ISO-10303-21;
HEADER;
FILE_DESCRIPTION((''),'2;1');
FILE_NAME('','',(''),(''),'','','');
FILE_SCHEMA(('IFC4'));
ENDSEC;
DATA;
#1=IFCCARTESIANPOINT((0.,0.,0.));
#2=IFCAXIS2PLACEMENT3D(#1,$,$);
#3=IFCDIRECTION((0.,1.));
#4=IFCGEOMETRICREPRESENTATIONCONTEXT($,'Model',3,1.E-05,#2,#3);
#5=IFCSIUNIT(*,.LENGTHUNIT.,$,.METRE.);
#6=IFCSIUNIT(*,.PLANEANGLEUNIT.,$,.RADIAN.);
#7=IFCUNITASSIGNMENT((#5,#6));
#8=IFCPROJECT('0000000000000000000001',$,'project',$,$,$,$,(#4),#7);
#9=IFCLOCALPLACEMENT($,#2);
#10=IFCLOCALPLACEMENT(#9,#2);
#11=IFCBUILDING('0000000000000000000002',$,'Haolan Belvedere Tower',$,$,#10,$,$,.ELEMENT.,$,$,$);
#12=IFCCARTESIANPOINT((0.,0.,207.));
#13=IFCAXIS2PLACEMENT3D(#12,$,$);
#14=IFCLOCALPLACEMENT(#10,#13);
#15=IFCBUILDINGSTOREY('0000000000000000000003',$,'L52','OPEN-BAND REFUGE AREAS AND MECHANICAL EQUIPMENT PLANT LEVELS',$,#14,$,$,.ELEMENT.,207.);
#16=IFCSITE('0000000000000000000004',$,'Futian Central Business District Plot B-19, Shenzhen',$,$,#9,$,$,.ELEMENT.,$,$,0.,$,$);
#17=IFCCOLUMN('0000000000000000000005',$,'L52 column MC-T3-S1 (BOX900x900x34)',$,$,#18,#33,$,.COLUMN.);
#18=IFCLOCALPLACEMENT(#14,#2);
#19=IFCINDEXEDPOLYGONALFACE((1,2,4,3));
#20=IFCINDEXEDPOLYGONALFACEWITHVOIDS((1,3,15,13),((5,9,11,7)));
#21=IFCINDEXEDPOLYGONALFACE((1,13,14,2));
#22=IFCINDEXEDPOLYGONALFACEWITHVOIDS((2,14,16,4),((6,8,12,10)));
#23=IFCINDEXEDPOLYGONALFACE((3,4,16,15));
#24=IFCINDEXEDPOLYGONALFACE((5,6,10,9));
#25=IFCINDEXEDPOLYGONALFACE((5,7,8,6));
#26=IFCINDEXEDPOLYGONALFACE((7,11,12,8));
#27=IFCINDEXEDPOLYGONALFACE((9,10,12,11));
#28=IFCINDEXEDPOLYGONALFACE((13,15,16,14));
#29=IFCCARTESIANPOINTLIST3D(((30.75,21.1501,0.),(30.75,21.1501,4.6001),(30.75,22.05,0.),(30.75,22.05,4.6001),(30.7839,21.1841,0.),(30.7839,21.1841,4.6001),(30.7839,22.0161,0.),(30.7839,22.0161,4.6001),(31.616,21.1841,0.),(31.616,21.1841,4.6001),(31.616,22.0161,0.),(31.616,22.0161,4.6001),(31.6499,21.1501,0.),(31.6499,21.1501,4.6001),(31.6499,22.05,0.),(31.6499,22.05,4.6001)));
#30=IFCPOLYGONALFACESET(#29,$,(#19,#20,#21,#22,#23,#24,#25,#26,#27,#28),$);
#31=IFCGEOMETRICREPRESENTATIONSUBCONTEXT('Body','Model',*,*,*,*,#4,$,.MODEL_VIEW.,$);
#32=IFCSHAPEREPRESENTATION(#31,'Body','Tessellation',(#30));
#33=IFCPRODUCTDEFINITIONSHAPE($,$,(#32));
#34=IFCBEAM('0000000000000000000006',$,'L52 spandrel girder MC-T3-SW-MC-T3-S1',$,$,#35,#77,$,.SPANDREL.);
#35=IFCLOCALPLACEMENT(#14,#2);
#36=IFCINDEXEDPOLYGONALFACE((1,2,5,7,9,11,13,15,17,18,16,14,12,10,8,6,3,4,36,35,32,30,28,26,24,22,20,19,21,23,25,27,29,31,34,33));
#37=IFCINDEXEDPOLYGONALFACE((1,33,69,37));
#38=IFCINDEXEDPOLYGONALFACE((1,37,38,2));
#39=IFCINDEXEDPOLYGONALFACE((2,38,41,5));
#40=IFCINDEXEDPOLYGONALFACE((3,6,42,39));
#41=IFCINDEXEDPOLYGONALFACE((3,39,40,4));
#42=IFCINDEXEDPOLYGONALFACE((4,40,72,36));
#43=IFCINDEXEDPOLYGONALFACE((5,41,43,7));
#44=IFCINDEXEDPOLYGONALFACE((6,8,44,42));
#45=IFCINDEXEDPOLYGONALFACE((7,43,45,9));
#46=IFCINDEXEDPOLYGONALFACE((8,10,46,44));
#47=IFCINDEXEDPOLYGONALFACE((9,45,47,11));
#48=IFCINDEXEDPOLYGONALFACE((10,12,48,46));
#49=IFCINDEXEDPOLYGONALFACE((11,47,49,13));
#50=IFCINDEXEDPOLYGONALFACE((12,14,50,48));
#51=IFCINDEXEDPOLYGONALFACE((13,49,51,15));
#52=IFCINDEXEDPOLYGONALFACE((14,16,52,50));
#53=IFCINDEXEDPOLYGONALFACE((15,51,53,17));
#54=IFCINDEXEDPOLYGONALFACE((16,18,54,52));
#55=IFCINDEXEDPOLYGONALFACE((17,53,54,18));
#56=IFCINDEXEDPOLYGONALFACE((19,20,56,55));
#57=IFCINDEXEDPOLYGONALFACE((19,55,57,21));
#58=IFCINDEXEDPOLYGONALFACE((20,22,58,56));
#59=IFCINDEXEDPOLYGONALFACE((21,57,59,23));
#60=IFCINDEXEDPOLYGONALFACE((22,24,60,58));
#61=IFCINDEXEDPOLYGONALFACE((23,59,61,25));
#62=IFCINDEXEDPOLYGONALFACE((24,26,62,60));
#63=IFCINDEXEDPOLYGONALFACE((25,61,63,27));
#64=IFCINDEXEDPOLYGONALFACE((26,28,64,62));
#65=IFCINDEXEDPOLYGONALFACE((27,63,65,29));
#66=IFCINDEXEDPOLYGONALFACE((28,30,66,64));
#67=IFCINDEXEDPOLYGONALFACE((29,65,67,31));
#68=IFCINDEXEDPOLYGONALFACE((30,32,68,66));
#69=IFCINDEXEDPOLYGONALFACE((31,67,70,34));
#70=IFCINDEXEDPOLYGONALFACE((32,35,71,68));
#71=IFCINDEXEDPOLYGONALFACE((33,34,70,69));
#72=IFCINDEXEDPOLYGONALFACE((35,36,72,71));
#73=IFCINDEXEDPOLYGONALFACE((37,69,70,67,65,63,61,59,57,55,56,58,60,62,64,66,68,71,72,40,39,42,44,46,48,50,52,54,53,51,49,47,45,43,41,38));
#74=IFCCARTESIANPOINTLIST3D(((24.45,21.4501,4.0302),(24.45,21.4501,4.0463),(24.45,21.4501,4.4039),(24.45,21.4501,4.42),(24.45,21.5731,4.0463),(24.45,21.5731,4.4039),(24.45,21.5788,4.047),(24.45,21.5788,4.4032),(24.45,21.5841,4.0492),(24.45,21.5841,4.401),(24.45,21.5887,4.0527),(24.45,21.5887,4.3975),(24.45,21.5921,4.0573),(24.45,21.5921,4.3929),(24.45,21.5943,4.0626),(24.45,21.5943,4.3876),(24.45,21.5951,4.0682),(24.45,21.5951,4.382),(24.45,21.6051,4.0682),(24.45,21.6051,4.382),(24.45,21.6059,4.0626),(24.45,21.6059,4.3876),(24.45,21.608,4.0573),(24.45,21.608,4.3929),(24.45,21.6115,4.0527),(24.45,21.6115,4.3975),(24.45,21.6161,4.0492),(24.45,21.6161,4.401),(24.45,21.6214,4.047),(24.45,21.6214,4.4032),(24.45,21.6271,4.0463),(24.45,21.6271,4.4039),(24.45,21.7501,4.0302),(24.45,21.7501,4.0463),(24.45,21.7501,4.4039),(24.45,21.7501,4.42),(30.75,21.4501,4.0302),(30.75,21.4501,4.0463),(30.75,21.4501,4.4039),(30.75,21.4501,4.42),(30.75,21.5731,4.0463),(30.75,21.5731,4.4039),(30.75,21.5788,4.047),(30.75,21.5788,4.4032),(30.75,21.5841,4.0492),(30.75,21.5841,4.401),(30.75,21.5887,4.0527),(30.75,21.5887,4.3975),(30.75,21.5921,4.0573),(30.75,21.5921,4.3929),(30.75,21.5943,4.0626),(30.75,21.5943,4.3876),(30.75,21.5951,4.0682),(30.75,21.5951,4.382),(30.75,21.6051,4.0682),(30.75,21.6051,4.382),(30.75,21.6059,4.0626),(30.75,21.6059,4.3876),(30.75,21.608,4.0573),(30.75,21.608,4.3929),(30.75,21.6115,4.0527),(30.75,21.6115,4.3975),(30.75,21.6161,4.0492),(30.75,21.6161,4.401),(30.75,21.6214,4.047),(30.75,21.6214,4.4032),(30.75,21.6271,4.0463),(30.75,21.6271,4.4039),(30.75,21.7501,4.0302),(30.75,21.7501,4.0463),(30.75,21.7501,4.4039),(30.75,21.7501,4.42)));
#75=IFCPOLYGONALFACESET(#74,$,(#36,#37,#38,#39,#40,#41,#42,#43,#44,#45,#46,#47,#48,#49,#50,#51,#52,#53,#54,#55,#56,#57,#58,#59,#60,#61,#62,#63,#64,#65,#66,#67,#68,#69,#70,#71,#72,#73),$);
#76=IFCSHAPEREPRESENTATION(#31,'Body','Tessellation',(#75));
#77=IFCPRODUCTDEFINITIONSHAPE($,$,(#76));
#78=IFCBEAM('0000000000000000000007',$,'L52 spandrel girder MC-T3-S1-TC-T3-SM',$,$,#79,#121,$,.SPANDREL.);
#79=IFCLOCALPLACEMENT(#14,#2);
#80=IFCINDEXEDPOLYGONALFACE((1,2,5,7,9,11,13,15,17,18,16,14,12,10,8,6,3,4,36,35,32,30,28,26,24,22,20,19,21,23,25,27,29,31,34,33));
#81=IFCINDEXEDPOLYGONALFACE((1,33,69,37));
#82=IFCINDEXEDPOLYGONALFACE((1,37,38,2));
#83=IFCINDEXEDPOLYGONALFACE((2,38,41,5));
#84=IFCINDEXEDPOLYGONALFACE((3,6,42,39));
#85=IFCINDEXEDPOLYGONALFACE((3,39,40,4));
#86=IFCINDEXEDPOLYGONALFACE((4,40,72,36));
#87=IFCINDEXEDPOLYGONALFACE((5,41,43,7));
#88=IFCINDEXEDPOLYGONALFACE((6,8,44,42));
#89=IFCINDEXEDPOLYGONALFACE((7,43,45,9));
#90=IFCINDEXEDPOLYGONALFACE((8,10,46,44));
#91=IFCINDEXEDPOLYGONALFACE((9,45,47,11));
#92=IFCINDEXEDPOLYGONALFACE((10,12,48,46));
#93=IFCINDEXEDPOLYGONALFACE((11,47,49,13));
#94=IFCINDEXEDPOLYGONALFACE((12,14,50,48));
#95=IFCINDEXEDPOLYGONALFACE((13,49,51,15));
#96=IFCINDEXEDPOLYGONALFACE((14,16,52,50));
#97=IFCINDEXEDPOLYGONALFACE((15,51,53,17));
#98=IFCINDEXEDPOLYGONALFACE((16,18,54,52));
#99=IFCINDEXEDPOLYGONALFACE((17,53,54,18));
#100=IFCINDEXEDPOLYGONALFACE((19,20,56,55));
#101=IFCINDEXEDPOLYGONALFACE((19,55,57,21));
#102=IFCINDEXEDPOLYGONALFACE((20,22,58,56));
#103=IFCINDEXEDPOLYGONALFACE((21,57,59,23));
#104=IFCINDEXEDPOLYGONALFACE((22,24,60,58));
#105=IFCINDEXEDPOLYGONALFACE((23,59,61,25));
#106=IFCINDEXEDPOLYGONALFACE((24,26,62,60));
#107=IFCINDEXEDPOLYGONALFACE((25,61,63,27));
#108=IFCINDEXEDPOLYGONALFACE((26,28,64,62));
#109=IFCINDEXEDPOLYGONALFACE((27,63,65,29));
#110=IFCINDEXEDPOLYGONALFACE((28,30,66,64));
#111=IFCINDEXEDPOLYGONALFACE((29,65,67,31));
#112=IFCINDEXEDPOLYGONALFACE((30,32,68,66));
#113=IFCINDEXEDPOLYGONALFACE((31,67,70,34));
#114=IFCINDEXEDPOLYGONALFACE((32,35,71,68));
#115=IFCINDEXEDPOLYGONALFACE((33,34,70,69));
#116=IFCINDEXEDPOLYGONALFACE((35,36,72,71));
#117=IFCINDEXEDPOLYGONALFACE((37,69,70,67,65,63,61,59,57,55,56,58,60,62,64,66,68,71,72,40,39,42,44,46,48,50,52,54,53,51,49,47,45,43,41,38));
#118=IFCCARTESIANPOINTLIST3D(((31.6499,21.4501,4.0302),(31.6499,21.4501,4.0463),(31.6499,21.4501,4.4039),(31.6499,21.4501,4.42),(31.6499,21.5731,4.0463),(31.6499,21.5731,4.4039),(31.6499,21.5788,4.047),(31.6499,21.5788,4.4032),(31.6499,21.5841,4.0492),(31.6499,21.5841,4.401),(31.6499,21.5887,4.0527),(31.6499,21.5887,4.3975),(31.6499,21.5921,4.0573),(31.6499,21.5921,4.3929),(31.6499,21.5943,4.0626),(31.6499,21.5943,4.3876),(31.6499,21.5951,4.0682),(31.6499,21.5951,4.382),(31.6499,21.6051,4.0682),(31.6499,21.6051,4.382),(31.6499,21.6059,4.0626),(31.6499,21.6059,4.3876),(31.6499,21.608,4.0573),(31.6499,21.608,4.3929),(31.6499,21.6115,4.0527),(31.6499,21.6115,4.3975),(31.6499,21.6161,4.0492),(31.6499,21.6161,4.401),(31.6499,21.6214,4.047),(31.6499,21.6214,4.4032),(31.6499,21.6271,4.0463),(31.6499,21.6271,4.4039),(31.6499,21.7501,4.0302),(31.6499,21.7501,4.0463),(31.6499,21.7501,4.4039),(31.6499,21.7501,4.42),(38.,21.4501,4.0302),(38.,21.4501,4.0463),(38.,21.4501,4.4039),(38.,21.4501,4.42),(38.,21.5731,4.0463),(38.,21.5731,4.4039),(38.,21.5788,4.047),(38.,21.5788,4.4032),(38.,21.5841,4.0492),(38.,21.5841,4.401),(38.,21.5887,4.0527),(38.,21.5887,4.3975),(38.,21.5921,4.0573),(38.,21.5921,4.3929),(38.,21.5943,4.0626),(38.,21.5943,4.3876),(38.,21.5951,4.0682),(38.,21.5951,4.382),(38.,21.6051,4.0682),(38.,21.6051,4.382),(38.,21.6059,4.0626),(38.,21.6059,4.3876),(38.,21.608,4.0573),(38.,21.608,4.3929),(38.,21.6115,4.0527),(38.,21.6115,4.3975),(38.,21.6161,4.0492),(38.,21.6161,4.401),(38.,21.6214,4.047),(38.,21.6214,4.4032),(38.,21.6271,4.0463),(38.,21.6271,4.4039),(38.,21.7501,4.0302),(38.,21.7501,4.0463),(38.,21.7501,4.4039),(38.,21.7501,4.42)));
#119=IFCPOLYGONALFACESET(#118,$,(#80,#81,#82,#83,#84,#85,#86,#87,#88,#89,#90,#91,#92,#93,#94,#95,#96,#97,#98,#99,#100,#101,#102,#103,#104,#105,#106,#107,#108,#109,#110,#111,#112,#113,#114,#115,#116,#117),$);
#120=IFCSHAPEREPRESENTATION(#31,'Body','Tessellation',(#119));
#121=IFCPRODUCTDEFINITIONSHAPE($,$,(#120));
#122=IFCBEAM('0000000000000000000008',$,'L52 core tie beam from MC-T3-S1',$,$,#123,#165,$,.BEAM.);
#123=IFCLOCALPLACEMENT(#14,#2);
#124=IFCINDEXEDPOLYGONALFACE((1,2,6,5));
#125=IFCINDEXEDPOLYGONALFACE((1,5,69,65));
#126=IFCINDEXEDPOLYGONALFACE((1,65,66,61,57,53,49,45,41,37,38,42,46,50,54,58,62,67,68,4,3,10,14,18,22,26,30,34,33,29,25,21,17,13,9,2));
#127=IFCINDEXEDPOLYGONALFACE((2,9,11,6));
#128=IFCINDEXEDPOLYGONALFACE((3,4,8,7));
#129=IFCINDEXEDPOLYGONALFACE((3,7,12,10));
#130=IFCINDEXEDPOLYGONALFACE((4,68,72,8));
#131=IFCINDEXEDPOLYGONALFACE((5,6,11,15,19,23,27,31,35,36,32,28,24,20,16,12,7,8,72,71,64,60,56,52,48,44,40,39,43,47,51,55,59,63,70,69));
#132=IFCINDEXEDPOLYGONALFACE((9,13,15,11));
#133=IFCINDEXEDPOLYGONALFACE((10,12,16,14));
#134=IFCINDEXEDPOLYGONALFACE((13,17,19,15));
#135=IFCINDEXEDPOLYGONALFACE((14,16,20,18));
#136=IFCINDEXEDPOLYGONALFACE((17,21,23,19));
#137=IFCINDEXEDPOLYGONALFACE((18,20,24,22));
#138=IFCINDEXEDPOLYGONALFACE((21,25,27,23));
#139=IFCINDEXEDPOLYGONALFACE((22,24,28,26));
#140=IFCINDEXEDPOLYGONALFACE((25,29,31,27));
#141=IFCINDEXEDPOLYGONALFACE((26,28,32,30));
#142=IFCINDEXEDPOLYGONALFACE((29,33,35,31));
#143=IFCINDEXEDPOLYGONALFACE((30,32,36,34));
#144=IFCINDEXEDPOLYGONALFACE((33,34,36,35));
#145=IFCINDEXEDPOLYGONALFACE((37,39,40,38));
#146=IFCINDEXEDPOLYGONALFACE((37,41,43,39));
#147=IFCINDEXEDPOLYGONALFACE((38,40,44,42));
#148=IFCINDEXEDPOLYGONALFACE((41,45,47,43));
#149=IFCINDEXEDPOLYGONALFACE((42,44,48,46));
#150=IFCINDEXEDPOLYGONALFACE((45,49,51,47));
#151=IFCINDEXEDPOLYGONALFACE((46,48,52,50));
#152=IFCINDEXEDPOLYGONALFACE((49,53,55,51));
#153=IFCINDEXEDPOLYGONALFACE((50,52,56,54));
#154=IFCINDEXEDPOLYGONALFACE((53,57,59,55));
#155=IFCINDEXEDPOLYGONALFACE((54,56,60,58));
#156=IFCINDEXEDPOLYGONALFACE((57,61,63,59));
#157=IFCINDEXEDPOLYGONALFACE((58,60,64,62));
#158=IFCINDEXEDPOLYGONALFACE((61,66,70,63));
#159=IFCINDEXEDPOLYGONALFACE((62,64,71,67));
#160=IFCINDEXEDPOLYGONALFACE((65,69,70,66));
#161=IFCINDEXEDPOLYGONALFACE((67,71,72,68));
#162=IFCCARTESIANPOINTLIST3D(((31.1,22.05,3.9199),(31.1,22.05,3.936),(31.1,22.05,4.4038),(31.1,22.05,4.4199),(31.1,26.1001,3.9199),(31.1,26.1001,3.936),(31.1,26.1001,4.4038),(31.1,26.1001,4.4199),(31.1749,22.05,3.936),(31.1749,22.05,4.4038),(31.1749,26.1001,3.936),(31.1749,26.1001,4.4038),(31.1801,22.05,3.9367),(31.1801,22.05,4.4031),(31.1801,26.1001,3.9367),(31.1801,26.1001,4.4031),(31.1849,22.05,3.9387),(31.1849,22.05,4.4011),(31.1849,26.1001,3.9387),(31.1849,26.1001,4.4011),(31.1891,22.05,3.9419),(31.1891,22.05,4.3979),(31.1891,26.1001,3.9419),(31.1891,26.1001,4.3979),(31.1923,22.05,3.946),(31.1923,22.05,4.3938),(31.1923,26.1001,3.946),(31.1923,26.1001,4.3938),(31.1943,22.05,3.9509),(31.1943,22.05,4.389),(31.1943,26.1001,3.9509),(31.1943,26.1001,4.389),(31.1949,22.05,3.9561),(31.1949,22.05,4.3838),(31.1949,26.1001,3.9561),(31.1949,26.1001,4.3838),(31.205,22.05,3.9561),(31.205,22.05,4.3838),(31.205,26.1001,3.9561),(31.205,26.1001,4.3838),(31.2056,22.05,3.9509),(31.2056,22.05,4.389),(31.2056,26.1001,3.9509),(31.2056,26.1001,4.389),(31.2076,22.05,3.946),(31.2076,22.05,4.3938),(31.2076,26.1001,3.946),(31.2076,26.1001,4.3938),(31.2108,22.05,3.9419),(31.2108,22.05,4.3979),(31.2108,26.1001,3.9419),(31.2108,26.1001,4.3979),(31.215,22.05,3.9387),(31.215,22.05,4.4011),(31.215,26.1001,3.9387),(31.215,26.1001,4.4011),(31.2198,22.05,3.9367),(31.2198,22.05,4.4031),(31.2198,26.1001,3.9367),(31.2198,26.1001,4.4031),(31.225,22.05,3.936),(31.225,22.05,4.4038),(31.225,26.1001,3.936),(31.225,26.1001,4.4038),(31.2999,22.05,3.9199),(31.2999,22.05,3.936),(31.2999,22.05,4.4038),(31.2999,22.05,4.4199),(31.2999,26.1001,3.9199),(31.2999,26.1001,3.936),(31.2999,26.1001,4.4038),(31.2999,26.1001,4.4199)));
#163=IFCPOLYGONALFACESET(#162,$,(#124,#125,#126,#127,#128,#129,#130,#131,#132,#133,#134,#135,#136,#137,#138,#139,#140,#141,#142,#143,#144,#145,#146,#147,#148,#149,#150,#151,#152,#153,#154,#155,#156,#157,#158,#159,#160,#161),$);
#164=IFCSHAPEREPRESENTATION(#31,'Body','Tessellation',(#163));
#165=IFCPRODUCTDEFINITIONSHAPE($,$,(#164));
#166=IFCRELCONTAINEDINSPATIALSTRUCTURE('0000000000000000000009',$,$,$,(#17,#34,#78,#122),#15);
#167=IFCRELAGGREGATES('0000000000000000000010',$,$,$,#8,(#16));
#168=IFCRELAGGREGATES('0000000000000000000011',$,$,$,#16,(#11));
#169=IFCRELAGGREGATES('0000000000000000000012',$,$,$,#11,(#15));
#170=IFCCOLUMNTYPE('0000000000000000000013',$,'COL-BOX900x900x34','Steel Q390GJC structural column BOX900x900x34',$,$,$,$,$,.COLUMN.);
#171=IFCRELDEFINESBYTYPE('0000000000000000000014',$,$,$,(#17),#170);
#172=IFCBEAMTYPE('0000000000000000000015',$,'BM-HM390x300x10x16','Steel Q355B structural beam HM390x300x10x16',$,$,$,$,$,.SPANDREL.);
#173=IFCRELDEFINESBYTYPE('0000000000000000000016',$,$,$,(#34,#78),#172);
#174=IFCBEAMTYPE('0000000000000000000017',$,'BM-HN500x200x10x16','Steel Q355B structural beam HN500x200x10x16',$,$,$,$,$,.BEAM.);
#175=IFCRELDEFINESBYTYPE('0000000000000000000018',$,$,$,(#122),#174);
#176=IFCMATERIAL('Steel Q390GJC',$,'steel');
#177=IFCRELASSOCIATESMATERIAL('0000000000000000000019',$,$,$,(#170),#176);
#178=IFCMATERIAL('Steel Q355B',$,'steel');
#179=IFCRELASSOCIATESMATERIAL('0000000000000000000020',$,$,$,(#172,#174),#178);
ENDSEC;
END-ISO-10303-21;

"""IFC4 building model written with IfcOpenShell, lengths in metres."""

from ifc_helpers import new_model, si_unit, direction, frame, origin, origin_2d, place, context, subcontext, project, spatial, hollow_rectangle, i_section, extrude, material, material_profile, profile_set, type_object, element, save


model = new_model("IFC4")

# Units and contexts
model_context = context("Model", 3, precision=1e-05, world=origin(), true_north=direction((0.0, 1.0)))
body_context = subcontext(model_context, "Body", "Model", "MODEL_VIEW")
ifc_project = project(units=[si_unit("LENGTHUNIT", "METRE"), si_unit("PLANEANGLEUNIT", "RADIAN")], contexts=[model_context])

# Site, building, storey
site_placement = place(None, origin())
site = spatial("IfcSite", under=ifc_project, at=site_placement, Name="Futian Central Business District Plot B-19, Shenzhen", CompositionType="ELEMENT", RefElevation=0.0)
building_placement = place(site_placement, origin())
building = spatial("IfcBuilding", under=site, at=building_placement, Name="Haolan Belvedere Tower", CompositionType="ELEMENT")
storey_placement = place(building_placement, frame((0.0, 0.0, 207.0)))
storey = spatial("IfcBuildingStorey", under=building, at=storey_placement, Name="L52", Description="OPEN-BAND REFUGE AREAS AND MECHANICAL EQUIPMENT PLANT LEVELS", CompositionType="ELEMENT", Elevation=207.0)

# Column
ifc_material_1 = material(Name="Steel Q390GJC", Category="steel")
ifc_material_profile_1 = material_profile(ifc_material_1, hollow_rectangle(XDim=0.8999, YDim=0.8999, WallThickness=0.0339, at=origin_2d()), Name="Steel Q390GJC")
ifc_profile_set_1 = profile_set([ifc_material_profile_1], Name="Steel Q390GJC")
column_type = type_object("IfcColumnType", Name="COL-BOX900x900x34", Description="Steel Q390GJC structural column BOX900x900x34", PredefinedType="COLUMN", material=ifc_profile_set_1)
column_placement = place(storey_placement, frame((31.2, 21.6001, 0.0), z_axis=(0.0, 0.0, 1.0), x_axis=(1.0, 0.0, 0.0)))
element("IfcColumn", 1, at=column_placement, inside=storey, type_object=column_type, Name="L52 column MC-T3-S1 (BOX900x900x34)", PredefinedType="COLUMN", context=body_context, shape_type="SweptSolid", body=[
    extrude(hollow_rectangle(XDim=0.8999, YDim=0.8999, WallThickness=0.0339, at=origin_2d()), origin(), (0.0, 0.0, 1.0), 4.6001),
])

# Beams
ifc_material_2 = material(Name="Steel Q355B", Category="steel")
ifc_material_profile_2 = material_profile(ifc_material_2, i_section(OverallWidth=0.3, OverallDepth=0.3899, WebThickness=0.01, FlangeThickness=0.0161, FilletRadius=0.022, at=origin_2d()), Name="Steel Q355B")
ifc_profile_set_2 = profile_set([ifc_material_profile_2], Name="Steel Q355B")
beam_type_1 = type_object("IfcBeamType", Name="BM-HM390x300x10x16", Description="Steel Q355B structural beam HM390x300x10x16", PredefinedType="SPANDREL", material=ifc_profile_set_2)
beam_1_placement = place(storey_placement, frame((24.45, 21.6001, 4.2251), z_axis=(1.0, 0.0, 0.0), x_axis=(0.0, 1.0, 0.0)))
element("IfcBeam", 2, at=beam_1_placement, inside=storey, type_object=beam_type_1, Name="L52 spandrel girder MC-T3-SW-MC-T3-S1", PredefinedType="SPANDREL", context=body_context, shape_type="SweptSolid", body=[
    extrude(i_section(OverallWidth=0.3, OverallDepth=0.3899, WebThickness=0.01, FlangeThickness=0.0161, FilletRadius=0.022, at=origin_2d()), origin(), (0.0, 0.0, 1.0), 6.3),
])
beam_2_placement = place(storey_placement, frame((31.6499, 21.6001, 4.2251), z_axis=(1.0, 0.0, 0.0), x_axis=(0.0, 1.0, 0.0)))
element("IfcBeam", 3, at=beam_2_placement, inside=storey, type_object=beam_type_1, Name="L52 spandrel girder MC-T3-S1-TC-T3-SM", PredefinedType="SPANDREL", context=body_context, shape_type="SweptSolid", body=[
    extrude(i_section(OverallWidth=0.3, OverallDepth=0.3899, WebThickness=0.01, FlangeThickness=0.0161, FilletRadius=0.022, at=origin_2d()), origin(), (0.0, 0.0, 1.0), 6.3501),
])
ifc_material_profile_3 = material_profile(ifc_material_2, i_section(OverallWidth=0.2, OverallDepth=0.5, WebThickness=0.01, FlangeThickness=0.0161, FilletRadius=0.02, at=origin_2d()), Name="Steel Q355B")
ifc_profile_set_3 = profile_set([ifc_material_profile_3], Name="Steel Q355B")
beam_type_2 = type_object("IfcBeamType", Name="BM-HN500x200x10x16", Description="Steel Q355B structural beam HN500x200x10x16", PredefinedType="BEAM", material=ifc_profile_set_3)
beam_3_placement = place(storey_placement, frame((31.2, 22.05, 4.1699), z_axis=(0.0, 1.0, 0.0), x_axis=(-1.0, 0.0, 0.0)))
element("IfcBeam", 4, at=beam_3_placement, inside=storey, type_object=beam_type_2, Name="L52 core tie beam from MC-T3-S1", PredefinedType="BEAM", context=body_context, shape_type="SweptSolid", body=[
    extrude(i_section(OverallWidth=0.2, OverallDepth=0.5, WebThickness=0.01, FlangeThickness=0.0161, FilletRadius=0.02, at=origin_2d()), origin(), (0.0, 0.0, 1.0), 4.05),
])

save(model, "model.ifc")
